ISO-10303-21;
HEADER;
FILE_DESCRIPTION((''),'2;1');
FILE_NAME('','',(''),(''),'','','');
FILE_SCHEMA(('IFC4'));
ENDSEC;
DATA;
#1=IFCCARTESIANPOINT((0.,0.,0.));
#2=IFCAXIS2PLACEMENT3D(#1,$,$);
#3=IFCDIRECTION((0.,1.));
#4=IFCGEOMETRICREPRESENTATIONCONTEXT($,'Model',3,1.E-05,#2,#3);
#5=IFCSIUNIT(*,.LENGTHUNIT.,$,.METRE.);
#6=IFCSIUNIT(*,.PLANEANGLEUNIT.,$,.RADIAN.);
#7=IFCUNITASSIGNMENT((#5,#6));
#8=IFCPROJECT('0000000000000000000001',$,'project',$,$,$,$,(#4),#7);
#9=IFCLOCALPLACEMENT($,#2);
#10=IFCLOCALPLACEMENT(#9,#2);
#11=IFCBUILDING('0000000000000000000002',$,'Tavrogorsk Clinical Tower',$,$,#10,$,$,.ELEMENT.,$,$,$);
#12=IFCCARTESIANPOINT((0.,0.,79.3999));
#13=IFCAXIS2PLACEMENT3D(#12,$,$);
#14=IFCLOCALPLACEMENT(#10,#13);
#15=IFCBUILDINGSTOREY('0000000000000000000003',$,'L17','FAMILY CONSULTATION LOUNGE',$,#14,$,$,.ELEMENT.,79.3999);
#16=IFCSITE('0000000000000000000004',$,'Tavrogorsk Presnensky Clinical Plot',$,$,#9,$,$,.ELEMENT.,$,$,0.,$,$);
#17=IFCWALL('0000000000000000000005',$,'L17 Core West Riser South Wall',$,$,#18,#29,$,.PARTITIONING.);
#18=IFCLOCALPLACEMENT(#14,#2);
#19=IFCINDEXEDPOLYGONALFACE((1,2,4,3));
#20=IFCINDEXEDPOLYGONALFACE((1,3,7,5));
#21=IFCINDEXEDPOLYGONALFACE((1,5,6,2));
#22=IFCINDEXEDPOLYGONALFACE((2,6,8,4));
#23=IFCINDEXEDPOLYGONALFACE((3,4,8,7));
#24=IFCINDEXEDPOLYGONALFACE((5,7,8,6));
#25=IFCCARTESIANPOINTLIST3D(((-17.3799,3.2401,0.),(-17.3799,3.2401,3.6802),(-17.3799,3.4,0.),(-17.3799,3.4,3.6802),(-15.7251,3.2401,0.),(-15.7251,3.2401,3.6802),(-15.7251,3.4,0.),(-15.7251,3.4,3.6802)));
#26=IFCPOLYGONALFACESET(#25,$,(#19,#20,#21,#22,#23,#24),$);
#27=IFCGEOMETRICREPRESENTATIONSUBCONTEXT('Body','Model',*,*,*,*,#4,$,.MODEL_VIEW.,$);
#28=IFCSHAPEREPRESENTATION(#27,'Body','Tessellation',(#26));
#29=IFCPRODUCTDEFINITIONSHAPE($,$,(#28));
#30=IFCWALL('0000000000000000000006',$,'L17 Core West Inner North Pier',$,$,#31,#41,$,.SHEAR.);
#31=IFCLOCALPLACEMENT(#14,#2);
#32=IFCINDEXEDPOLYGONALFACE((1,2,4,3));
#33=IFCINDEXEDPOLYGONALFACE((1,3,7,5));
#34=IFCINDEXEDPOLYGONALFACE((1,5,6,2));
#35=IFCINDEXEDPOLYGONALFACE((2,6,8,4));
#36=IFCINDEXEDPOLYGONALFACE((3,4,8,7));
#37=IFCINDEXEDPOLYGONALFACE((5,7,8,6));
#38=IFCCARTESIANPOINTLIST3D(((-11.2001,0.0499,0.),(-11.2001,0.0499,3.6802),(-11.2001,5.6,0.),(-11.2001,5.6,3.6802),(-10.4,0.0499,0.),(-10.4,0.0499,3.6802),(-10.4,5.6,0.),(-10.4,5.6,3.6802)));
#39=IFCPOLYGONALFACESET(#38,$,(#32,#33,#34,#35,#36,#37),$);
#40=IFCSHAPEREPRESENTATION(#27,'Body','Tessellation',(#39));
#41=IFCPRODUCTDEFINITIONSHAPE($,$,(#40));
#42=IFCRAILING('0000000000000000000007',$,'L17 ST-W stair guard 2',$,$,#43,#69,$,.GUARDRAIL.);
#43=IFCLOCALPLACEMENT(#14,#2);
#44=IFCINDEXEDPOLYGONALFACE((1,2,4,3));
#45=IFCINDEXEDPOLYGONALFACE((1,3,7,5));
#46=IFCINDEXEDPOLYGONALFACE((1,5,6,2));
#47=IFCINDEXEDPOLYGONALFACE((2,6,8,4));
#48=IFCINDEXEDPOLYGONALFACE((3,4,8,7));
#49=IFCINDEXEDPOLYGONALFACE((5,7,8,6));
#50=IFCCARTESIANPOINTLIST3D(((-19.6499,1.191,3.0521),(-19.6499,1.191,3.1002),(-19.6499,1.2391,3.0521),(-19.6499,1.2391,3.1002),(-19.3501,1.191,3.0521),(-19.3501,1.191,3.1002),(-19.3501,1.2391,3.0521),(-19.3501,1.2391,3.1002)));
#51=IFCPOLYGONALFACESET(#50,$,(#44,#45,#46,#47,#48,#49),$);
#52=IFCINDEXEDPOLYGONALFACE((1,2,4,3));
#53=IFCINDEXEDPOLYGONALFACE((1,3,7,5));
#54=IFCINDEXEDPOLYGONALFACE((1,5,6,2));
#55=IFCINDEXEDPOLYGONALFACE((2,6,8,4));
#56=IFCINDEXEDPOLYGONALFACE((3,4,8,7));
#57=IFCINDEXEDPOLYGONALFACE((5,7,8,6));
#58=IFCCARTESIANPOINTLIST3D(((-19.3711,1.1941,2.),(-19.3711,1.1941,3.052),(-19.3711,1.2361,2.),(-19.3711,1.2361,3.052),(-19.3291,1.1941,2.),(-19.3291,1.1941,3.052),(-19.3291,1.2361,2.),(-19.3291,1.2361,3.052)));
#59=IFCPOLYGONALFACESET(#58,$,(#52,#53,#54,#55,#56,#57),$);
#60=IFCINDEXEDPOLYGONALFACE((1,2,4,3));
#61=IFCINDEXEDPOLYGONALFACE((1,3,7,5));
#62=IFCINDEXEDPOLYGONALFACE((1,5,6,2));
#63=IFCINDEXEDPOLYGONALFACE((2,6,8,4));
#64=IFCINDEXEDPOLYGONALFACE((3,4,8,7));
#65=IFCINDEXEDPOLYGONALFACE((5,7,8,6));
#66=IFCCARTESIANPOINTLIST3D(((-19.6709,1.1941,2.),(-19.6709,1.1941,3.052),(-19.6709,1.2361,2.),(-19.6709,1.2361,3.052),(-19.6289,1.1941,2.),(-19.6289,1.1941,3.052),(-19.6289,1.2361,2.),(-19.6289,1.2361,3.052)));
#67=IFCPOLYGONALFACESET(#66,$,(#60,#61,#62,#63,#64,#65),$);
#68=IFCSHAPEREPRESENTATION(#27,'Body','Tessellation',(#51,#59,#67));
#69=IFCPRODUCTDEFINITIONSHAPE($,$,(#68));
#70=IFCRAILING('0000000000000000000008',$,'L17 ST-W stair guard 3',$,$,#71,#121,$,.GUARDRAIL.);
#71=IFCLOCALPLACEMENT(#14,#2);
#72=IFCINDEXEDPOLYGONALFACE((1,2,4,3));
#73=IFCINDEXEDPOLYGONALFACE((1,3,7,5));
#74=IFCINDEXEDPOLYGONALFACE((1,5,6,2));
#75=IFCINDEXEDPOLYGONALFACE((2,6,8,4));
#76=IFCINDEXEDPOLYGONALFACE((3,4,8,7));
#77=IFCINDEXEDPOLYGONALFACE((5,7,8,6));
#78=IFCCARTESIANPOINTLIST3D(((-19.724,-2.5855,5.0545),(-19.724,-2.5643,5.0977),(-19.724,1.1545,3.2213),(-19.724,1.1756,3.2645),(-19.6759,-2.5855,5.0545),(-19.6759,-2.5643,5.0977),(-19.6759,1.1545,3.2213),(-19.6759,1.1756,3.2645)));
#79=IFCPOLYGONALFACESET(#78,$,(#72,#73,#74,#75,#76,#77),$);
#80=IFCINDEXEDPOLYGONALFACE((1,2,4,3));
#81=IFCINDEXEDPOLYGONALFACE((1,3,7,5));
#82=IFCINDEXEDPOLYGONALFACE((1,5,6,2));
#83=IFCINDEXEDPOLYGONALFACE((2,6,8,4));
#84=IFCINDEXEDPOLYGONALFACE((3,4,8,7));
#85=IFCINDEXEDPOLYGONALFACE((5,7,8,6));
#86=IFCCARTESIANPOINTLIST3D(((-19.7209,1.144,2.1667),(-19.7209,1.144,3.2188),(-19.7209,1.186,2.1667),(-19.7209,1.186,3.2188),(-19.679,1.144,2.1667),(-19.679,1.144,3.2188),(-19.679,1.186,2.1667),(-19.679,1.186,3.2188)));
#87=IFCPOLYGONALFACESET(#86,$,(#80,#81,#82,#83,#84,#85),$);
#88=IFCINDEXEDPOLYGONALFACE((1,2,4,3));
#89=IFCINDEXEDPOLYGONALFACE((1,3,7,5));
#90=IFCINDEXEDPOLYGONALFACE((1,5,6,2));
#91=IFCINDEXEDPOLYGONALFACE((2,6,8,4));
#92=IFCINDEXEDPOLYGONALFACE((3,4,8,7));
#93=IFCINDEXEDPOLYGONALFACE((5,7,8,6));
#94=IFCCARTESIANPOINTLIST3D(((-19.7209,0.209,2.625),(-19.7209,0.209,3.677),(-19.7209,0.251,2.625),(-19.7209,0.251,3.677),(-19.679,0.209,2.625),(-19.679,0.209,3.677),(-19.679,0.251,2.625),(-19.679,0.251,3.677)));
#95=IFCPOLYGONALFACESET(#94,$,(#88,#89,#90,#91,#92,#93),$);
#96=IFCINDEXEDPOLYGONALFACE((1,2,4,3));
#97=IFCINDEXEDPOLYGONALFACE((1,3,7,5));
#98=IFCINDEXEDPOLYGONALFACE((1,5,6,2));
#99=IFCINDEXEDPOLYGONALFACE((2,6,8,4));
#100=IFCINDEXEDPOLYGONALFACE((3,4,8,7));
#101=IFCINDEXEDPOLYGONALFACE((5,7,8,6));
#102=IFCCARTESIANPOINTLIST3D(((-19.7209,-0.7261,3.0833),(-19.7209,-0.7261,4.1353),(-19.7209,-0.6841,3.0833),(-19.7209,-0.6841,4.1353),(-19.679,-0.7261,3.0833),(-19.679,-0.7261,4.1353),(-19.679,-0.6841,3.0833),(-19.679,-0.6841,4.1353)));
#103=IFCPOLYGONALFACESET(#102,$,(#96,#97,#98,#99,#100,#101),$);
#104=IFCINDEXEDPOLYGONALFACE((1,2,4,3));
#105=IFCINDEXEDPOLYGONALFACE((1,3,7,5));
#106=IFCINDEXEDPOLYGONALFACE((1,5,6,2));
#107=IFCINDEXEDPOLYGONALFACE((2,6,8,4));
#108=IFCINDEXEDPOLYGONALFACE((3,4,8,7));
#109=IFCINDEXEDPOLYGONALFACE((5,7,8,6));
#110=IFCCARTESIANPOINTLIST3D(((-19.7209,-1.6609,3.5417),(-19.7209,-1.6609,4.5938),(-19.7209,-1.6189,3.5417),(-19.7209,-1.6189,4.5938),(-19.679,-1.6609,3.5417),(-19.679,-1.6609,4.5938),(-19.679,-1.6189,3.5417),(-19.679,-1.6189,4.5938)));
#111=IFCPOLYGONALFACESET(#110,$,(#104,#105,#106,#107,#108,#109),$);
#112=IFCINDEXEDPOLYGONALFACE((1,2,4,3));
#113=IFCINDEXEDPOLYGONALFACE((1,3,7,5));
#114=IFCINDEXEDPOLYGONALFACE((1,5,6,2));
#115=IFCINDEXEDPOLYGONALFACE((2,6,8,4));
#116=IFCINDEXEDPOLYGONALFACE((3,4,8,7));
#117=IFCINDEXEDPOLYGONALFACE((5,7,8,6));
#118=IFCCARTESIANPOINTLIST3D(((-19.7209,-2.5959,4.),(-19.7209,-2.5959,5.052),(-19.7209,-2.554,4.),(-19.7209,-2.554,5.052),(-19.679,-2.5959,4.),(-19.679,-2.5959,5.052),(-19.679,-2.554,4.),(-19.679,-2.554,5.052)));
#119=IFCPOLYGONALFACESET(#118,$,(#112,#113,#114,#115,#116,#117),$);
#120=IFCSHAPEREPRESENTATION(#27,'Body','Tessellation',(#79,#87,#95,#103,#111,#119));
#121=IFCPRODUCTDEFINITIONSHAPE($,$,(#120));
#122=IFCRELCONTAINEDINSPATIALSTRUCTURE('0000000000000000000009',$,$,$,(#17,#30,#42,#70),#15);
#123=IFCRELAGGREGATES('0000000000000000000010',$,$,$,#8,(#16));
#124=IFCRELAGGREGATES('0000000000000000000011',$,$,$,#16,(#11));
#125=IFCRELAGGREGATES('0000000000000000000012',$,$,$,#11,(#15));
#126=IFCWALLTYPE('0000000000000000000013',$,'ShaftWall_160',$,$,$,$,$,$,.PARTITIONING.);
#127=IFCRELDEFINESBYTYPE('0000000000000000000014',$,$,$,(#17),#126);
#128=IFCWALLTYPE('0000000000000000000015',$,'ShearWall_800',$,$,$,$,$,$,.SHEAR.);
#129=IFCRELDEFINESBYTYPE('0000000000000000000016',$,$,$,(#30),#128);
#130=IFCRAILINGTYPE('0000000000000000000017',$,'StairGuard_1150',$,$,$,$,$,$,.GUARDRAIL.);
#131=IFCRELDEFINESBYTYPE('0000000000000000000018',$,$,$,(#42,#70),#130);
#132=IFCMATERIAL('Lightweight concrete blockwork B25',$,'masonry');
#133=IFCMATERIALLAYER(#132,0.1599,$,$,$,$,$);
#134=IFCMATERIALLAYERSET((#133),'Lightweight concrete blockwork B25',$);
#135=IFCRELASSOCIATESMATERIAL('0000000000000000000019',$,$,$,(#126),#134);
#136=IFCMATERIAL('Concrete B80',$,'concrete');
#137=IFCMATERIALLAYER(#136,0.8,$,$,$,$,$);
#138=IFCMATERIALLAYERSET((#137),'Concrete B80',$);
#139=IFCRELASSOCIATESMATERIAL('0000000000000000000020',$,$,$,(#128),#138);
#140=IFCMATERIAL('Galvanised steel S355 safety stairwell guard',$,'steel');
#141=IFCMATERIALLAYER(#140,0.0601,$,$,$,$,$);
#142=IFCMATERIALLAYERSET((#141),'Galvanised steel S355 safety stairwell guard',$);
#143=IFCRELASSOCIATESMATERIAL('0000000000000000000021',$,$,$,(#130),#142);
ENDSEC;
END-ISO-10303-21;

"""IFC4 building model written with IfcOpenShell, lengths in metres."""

from ifc_helpers import new_model, si_unit, direction, frame, frame_2d, origin, origin_2d, place, context, subcontext, project, spatial, rectangle, extrude, material, layer, layer_set, type_object, element, save


model = new_model("IFC4")

# Units and contexts
model_context = context("Model", 3, precision=1e-05, world=origin(), true_north=direction((0.0, 1.0)))
body_context = subcontext(model_context, "Body", "Model", "MODEL_VIEW")
ifc_project = project(units=[si_unit("LENGTHUNIT", "METRE"), si_unit("PLANEANGLEUNIT", "RADIAN")], contexts=[model_context])

# Site, building, storey
site_placement = place(None, origin())
site = spatial("IfcSite", under=ifc_project, at=site_placement, Name="Tavrogorsk Presnensky Clinical Plot", CompositionType="ELEMENT", RefElevation=0.0)
building_placement = place(site_placement, origin())
building = spatial("IfcBuilding", under=site, at=building_placement, Name="Tavrogorsk Clinical Tower", CompositionType="ELEMENT")
storey_placement = place(building_placement, frame((0.0, 0.0, 79.3999)))
storey = spatial("IfcBuildingStorey", under=building, at=storey_placement, Name="L17", Description="FAMILY CONSULTATION LOUNGE", CompositionType="ELEMENT", Elevation=79.3999)

# Shared definitions
ifc_material_1 = material(Name="Lightweight concrete blockwork B25", Category="masonry")
ifc_layer_1 = layer(ifc_material_1, 0.1599)
ifc_layer_set_1 = layer_set([ifc_layer_1], Name="Lightweight concrete blockwork B25")
wall_type_1 = type_object("IfcWallType", Name="ShaftWall_160", PredefinedType="PARTITIONING", material=ifc_layer_set_1)

# Walls
wall_1_placement = place(storey_placement, frame((-17.3799, 3.3201, 0.0), z_axis=(0.0, 0.0, 1.0), x_axis=(1.0, 0.0, 0.0)))
element("IfcWall", 1, at=wall_1_placement, inside=storey, type_object=wall_type_1, Name="L17 Core West Riser South Wall", PredefinedType="PARTITIONING", context=body_context, shape_type="SweptSolid", body=[
    extrude(rectangle(XDim=1.6548, YDim=0.1599, at=frame_2d((0.8274, 0.0))), origin(), (0.0, 0.0, 1.0), 3.6802),
])
ifc_material_2 = material(Name="Concrete B80", Category="concrete")
ifc_layer_2 = layer(ifc_material_2, 0.8)
ifc_layer_set_2 = layer_set([ifc_layer_2], Name="Concrete B80")
wall_type_2 = type_object("IfcWallType", Name="ShearWall_800", PredefinedType="SHEAR", material=ifc_layer_set_2)
wall_2_placement = place(storey_placement, frame((-10.8, 0.05, 0.0), z_axis=(0.0, 0.0, 1.0), x_axis=(0.0, 1.0, 0.0)))
element("IfcWall", 2, at=wall_2_placement, inside=storey, type_object=wall_type_2, Name="L17 Core West Inner North Pier", PredefinedType="SHEAR", context=body_context, shape_type="SweptSolid", body=[
    extrude(rectangle(XDim=5.55, YDim=0.8, at=frame_2d((2.7749, 0.0))), origin(), (0.0, 0.0, 1.0), 3.6802),
])

# Railings
ifc_material_3 = material(Name="Galvanised steel S355 safety stairwell guard", Category="steel")
ifc_layer_3 = layer(ifc_material_3, 0.0601)
ifc_layer_set_3 = layer_set([ifc_layer_3], Name="Galvanised steel S355 safety stairwell guard")
railing_type = type_object("IfcRailingType", Name="StairGuard_1150", PredefinedType="GUARDRAIL", material=ifc_layer_set_3)
railing_1_placement = place(storey_placement, frame((-19.3501, 1.2151, 2.0)))
element("IfcRailing", 3, at=railing_1_placement, inside=storey, type_object=railing_type, Name="L17 ST-W stair guard 2", PredefinedType="GUARDRAIL", context=body_context, shape_type="SweptSolid", body=[
    extrude(rectangle(XDim=0.0481, YDim=0.0481, at=origin_2d()), frame((0.0, 0.0, 1.0762), z_axis=(-1.0, 0.0, 0.0), x_axis=(0.0, -1.0, 0.0)), (0.0, 0.0, 1.0), 0.2998),
    extrude(rectangle(XDim=0.042, YDim=0.042, at=origin_2d()), origin(), (0.0, 0.0, 1.0), 1.052),
    extrude(rectangle(XDim=0.042, YDim=0.042, at=origin_2d()), frame((-0.2998, 0.0, 0.0)), (0.0, 0.0, 1.0), 1.052),
])
railing_2_placement = place(storey_placement, frame((-19.7, 1.165, 2.1667)))
element("IfcRailing", 4, at=railing_2_placement, inside=storey, type_object=railing_type, Name="L17 ST-W stair guard 3", PredefinedType="GUARDRAIL", context=body_context, shape_type="SweptSolid", body=[
    extrude(rectangle(XDim=0.0481, YDim=0.0481, at=origin_2d()), frame((0.0, 0.0, 1.0762), z_axis=(0.0, -0.897928, 0.440142), x_axis=(1.0, 0.0, 0.0)), (0.0, 0.0, 1.0), 4.165),
    extrude(rectangle(XDim=0.042, YDim=0.042, at=origin_2d()), origin(), (0.0, 0.0, 1.0), 1.052),
    extrude(rectangle(XDim=0.042, YDim=0.042, at=origin_2d()), frame((0.0, -0.9351, 0.4583)), (0.0, 0.0, 1.0), 1.052),
    extrude(rectangle(XDim=0.042, YDim=0.042, at=origin_2d()), frame((0.0, -1.8701, 0.9165)), (0.0, 0.0, 1.0), 1.052),
    extrude(rectangle(XDim=0.042, YDim=0.042, at=origin_2d()), frame((0.0, -2.8049, 1.375)), (0.0, 0.0, 1.0), 1.052),
    extrude(rectangle(XDim=0.042, YDim=0.042, at=origin_2d()), frame((0.0, -3.74, 1.8333)), (0.0, 0.0, 1.0), 1.052),
])

save(model, "model.ifc")
